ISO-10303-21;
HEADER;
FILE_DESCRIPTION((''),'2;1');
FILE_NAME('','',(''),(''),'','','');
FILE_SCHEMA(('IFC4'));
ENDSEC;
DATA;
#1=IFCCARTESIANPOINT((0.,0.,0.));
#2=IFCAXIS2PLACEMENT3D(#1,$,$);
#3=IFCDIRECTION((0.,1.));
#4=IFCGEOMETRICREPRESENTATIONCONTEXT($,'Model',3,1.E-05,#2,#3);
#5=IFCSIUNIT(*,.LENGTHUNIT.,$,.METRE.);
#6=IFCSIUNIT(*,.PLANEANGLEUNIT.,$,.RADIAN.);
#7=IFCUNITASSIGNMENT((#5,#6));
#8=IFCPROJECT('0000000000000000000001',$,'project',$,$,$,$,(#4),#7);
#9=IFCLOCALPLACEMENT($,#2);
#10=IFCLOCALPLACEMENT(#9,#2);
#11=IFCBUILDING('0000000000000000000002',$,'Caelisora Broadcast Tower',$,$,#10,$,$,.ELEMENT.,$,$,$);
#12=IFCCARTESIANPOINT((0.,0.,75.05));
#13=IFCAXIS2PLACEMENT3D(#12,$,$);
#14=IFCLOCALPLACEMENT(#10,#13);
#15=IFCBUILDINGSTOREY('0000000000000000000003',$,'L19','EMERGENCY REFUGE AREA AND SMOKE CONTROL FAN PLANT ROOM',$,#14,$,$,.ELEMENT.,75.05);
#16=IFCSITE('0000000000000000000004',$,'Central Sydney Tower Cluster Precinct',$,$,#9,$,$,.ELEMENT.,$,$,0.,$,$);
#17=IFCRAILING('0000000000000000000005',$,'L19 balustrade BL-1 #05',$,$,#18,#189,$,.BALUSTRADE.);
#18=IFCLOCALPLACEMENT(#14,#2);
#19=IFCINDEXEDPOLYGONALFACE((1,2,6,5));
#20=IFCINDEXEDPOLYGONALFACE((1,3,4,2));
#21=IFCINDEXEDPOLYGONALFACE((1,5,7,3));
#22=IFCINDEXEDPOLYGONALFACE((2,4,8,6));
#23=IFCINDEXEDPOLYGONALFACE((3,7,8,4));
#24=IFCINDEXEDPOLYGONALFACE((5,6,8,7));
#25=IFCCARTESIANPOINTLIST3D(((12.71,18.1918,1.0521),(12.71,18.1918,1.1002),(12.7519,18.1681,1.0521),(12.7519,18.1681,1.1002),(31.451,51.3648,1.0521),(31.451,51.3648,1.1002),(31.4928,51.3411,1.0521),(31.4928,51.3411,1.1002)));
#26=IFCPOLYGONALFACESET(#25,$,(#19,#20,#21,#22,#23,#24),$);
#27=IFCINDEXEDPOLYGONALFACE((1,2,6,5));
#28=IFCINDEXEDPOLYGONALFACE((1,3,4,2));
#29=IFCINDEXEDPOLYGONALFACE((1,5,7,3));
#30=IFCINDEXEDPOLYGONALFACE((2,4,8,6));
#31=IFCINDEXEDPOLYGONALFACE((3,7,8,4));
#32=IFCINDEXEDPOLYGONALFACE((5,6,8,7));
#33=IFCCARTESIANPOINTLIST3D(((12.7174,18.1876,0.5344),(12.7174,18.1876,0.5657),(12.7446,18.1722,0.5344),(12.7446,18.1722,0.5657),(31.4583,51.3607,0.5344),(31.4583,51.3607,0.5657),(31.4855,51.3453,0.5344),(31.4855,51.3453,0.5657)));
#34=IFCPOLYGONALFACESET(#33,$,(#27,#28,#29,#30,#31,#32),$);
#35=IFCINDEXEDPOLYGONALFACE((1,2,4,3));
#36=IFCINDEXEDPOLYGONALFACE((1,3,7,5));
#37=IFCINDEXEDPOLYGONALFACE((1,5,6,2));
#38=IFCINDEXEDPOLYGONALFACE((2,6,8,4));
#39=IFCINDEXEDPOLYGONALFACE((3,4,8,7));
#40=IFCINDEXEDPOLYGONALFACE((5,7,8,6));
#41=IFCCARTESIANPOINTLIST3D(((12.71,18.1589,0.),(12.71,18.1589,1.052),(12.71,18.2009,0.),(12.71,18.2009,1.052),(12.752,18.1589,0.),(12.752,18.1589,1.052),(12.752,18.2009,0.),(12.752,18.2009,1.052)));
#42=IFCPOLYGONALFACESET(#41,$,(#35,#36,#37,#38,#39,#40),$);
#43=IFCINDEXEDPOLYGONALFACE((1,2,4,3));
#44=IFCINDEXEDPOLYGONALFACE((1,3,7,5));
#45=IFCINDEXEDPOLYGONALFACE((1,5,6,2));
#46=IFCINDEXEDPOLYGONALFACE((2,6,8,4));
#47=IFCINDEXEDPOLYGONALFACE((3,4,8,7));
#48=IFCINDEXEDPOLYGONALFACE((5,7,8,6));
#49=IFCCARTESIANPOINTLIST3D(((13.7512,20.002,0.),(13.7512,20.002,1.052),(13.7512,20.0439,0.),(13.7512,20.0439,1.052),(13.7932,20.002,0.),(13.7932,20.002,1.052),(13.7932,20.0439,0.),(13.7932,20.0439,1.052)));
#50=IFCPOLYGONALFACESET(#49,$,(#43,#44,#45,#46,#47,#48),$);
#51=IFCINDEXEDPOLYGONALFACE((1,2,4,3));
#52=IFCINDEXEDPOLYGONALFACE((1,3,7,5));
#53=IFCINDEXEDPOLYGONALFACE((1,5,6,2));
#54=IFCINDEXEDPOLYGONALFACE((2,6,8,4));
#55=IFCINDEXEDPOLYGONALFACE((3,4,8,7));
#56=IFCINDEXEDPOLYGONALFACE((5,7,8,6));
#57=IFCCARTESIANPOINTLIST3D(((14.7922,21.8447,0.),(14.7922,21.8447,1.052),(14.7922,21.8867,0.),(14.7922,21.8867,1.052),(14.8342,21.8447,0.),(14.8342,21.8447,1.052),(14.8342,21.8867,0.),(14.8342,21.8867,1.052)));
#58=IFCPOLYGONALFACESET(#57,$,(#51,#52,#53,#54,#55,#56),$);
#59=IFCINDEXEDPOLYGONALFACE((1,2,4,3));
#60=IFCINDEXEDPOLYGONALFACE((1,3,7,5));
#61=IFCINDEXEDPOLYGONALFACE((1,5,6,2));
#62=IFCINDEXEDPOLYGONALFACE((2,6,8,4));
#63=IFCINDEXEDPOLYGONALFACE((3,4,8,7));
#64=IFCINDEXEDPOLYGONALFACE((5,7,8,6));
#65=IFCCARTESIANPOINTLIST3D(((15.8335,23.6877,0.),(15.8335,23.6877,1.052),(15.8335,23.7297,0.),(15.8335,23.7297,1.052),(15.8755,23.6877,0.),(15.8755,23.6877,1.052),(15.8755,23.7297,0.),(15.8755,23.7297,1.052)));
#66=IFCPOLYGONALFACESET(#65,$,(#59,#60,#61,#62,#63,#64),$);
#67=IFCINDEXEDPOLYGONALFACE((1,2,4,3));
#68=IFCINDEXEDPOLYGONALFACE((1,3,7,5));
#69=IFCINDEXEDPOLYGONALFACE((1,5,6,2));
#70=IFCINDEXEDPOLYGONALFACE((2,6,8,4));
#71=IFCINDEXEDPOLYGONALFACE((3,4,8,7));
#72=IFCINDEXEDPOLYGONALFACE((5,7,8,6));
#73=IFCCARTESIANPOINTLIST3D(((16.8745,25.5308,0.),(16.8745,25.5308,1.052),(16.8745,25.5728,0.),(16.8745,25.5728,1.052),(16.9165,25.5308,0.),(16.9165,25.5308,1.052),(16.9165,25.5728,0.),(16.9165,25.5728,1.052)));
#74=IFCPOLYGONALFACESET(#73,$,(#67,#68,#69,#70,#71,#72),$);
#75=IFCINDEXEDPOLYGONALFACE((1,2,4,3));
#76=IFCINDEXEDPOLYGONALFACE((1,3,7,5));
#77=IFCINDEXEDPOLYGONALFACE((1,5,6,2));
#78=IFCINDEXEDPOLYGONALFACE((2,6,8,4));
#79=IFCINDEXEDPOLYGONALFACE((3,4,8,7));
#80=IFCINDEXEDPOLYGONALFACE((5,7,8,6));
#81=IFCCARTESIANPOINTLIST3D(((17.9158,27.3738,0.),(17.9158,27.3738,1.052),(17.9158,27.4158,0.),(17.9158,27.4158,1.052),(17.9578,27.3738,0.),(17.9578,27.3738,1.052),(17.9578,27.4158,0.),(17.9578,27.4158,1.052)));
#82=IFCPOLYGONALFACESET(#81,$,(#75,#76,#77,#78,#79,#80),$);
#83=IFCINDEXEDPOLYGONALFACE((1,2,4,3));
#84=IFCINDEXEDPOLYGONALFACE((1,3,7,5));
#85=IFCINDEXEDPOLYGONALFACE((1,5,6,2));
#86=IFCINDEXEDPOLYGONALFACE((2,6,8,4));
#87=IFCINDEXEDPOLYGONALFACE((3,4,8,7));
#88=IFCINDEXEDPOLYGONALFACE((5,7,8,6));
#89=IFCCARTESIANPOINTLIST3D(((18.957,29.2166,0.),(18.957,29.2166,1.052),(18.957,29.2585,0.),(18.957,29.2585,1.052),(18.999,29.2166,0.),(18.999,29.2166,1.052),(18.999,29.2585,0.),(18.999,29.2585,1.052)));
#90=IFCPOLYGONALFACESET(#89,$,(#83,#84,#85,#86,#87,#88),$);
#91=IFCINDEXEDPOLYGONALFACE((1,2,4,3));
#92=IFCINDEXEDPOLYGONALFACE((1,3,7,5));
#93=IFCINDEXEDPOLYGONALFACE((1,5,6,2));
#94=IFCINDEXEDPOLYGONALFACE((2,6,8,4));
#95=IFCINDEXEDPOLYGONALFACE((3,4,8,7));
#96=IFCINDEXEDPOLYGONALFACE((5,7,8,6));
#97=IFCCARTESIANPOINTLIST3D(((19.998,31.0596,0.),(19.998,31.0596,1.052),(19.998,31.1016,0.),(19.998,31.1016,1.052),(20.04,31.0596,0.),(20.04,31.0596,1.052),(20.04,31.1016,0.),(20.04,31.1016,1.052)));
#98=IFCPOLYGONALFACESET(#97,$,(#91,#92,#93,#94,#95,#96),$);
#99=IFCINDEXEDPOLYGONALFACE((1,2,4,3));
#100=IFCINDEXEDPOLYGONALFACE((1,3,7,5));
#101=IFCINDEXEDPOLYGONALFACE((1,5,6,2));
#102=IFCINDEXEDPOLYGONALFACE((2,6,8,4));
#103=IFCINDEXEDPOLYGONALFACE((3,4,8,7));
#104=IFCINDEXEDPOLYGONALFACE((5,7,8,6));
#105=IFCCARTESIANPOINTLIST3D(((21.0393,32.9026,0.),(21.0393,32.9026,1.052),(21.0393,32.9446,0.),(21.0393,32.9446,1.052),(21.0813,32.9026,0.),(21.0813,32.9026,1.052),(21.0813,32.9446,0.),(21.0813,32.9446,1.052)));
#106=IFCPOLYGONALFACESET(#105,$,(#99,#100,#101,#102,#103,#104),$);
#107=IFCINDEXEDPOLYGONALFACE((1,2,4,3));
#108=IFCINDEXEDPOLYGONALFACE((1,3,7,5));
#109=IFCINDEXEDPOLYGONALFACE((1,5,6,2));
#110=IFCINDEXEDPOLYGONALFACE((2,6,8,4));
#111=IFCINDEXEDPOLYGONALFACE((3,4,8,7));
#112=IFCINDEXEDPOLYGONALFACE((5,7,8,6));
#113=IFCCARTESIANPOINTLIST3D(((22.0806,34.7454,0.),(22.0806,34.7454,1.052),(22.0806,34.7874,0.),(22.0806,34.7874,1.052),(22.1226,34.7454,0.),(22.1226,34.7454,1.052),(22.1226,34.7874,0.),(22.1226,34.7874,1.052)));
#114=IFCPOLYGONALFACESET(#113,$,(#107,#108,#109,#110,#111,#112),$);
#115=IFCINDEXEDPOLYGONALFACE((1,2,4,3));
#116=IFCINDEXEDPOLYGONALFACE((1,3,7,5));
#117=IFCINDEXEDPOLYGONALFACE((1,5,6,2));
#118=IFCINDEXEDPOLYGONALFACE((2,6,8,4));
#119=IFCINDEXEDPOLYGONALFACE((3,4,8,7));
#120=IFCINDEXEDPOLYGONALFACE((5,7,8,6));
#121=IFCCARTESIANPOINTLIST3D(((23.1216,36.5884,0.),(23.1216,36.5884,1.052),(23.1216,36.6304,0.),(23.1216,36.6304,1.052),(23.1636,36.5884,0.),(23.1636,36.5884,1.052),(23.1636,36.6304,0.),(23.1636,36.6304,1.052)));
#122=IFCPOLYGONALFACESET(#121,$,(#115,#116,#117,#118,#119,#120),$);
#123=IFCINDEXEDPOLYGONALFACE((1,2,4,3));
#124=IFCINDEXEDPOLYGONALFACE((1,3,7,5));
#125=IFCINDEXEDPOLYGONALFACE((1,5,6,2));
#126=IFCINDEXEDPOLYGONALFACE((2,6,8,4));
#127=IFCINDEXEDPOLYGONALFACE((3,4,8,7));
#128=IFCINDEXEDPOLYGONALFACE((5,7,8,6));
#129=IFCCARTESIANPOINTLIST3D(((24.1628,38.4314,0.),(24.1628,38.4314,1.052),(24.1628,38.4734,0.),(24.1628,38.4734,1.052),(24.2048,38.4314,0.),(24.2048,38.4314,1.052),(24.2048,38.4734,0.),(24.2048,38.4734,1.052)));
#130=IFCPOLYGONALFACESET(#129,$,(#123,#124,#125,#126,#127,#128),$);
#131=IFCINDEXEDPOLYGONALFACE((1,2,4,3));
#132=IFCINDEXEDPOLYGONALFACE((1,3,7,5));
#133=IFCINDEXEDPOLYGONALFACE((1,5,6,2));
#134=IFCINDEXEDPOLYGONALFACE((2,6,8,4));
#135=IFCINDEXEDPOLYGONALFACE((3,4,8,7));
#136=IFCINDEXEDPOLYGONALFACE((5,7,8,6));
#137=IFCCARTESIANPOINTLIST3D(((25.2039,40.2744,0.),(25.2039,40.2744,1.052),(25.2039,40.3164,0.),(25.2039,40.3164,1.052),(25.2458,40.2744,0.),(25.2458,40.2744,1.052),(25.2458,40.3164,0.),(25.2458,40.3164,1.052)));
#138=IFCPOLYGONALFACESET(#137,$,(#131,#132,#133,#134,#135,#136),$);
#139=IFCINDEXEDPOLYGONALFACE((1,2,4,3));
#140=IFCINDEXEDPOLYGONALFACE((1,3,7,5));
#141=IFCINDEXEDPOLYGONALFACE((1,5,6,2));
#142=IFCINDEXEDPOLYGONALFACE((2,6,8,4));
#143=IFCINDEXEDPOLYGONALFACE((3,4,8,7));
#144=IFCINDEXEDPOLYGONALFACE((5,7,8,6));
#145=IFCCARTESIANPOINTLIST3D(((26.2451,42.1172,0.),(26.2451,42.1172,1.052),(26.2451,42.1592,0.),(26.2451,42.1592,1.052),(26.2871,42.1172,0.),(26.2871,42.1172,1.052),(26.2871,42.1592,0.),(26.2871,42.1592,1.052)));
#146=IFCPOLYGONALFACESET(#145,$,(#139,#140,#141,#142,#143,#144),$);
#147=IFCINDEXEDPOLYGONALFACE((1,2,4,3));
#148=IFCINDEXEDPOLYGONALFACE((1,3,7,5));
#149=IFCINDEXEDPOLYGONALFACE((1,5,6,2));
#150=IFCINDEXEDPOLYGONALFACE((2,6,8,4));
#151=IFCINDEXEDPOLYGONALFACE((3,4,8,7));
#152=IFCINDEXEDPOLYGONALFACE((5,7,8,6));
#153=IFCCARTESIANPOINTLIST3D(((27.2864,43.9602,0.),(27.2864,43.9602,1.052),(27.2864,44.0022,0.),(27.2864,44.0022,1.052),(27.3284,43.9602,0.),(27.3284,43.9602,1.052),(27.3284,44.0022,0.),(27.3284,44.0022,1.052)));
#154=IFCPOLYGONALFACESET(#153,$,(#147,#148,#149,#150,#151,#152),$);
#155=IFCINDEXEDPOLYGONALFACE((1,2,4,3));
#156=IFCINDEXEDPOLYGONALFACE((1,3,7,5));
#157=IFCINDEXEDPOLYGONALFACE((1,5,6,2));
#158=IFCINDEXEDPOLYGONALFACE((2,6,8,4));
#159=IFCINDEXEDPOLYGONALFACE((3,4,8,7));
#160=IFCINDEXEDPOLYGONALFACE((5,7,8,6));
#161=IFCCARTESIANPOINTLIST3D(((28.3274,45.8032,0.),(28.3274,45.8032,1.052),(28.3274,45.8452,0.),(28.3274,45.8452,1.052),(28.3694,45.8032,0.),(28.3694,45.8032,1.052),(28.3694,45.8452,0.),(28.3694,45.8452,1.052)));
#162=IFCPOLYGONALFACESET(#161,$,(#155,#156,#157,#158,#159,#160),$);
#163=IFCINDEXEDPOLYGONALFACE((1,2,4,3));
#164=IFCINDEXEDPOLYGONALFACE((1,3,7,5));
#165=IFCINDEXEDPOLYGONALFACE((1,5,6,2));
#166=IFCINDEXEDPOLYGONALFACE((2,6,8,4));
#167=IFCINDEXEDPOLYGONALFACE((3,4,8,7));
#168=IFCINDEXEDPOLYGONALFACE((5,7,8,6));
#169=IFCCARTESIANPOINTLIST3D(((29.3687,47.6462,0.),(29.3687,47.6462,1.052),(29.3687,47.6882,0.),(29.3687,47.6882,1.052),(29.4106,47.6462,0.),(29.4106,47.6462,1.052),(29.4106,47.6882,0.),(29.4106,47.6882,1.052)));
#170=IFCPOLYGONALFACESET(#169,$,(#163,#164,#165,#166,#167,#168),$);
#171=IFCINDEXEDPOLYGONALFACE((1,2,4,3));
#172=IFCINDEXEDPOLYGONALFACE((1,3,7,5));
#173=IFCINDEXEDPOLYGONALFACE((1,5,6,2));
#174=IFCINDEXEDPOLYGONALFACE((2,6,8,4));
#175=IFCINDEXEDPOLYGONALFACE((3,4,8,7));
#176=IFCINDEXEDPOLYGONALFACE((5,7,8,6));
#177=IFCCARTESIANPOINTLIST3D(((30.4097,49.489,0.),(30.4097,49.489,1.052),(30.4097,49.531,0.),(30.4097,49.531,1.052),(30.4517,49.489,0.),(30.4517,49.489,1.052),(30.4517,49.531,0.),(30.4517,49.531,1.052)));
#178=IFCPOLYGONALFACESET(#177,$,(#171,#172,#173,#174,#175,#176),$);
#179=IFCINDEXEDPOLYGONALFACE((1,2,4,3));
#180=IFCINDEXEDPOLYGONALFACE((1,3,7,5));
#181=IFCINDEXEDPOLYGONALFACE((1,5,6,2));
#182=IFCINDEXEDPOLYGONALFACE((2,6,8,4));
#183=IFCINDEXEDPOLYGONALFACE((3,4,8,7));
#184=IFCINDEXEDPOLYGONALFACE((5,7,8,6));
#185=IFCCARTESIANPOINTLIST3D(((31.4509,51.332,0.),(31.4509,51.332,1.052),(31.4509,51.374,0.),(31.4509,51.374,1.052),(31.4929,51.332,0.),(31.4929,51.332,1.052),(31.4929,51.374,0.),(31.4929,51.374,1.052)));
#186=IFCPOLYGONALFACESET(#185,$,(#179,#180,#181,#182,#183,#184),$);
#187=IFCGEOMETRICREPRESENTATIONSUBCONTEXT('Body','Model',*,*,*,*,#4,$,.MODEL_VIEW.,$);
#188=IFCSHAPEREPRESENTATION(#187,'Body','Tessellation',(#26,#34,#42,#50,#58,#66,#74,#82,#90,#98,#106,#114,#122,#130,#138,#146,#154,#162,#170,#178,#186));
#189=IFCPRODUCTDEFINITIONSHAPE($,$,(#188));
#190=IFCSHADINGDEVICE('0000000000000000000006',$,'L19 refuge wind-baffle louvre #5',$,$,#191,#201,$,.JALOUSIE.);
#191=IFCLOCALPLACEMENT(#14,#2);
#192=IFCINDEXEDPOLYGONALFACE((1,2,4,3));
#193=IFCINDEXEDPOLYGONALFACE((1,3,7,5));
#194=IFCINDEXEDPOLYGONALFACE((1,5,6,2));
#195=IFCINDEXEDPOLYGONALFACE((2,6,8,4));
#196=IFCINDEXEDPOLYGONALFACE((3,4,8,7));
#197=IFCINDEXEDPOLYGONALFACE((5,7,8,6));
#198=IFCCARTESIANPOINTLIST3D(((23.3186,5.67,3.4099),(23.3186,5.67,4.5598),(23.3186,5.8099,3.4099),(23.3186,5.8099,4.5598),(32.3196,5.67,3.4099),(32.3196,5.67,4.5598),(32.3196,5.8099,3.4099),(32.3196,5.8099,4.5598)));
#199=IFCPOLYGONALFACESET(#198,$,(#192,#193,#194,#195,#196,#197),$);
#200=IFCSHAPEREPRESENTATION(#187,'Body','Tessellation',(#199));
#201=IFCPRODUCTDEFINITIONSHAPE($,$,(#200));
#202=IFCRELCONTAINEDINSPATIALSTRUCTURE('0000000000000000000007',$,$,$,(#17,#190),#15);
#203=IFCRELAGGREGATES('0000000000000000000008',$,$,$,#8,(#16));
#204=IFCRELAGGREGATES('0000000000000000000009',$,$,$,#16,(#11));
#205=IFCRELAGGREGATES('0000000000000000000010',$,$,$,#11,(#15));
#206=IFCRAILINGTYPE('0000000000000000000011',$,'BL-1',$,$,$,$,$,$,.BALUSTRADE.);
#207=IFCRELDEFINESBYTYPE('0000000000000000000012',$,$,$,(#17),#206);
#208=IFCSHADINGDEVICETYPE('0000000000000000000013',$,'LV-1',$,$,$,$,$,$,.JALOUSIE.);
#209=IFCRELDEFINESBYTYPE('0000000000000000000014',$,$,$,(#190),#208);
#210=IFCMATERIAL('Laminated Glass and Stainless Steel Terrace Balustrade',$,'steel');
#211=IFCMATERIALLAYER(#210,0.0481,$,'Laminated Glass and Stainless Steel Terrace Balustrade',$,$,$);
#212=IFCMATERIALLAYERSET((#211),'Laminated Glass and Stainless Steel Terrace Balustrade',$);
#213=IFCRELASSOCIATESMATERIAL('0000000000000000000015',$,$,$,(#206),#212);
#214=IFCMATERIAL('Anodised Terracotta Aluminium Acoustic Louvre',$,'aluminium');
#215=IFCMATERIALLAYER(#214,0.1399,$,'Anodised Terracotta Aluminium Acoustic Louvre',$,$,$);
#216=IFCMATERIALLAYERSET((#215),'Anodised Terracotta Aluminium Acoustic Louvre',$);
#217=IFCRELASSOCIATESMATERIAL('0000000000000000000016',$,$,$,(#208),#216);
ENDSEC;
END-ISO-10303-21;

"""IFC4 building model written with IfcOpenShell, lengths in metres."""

from ifc_helpers import new_model, si_unit, direction, frame, origin, origin_2d, place, context, subcontext, project, spatial, rectangle, extrude, source, transform, mapped, material, layer, layer_set, type_object, type_shapes, element, save


model = new_model("IFC4")

# Units and contexts
model_context = context("Model", 3, precision=1e-05, world=origin(), true_north=direction((0.0, 1.0)))
body_context = subcontext(model_context, "Body", "Model", "MODEL_VIEW")
ifc_project = project(units=[si_unit("LENGTHUNIT", "METRE"), si_unit("PLANEANGLEUNIT", "RADIAN")], contexts=[model_context])

# Site, building, storey
site_placement = place(None, origin())
site = spatial("IfcSite", under=ifc_project, at=site_placement, Name="Central Sydney Tower Cluster Precinct", CompositionType="ELEMENT", RefElevation=0.0)
building_placement = place(site_placement, origin())
building = spatial("IfcBuilding", under=site, at=building_placement, Name="Caelisora Broadcast Tower", CompositionType="ELEMENT")
storey_placement = place(building_placement, frame((0.0, 0.0, 75.05)))
storey = spatial("IfcBuildingStorey", under=building, at=storey_placement, Name="L19", Description="EMERGENCY REFUGE AREA AND SMOKE CONTROL FAN PLANT ROOM", CompositionType="ELEMENT", Elevation=75.05)

# Railing
ifc_material_1 = material(Name="Laminated Glass and Stainless Steel Terrace Balustrade", Category="steel")
ifc_layer_1 = layer(ifc_material_1, 0.0481, Name="Laminated Glass and Stainless Steel Terrace Balustrade")
ifc_layer_set_1 = layer_set([ifc_layer_1], Name="Laminated Glass and Stainless Steel Terrace Balustrade")
railing_type = type_object("IfcRailingType", Name="BL-1", PredefinedType="BALUSTRADE", material=ifc_layer_set_1)
railing_1_placement = place(storey_placement, frame((12.731, 18.1799, 0.0)))
element("IfcRailing", 1, at=railing_1_placement, inside=storey, type_object=railing_type, Name="L19 balustrade BL-1 #05", PredefinedType="BALUSTRADE", context=body_context, shape_type="SweptSolid", body=[
    extrude(rectangle(XDim=0.0481, YDim=0.0481, at=origin_2d()), frame((0.0, 0.0, 1.0762), z_axis=(0.491877, 0.870664, 0.0), x_axis=(-0.870664, 0.491877, 0.0)), (0.0, 0.0, 1.0), 38.1008),
    extrude(rectangle(XDim=0.0312, YDim=0.0312, at=origin_2d()), frame((0.0, 0.0, 0.55), z_axis=(0.491877, 0.870664, 0.0), x_axis=(-0.870664, 0.491877, 0.0)), (0.0, 0.0, 1.0), 38.1008),
    extrude(rectangle(XDim=0.042, YDim=0.042, at=origin_2d()), origin(), (0.0, 0.0, 1.0), 1.052),
    extrude(rectangle(XDim=0.042, YDim=0.042, at=origin_2d()), frame((1.0413, 1.843, 0.0)), (0.0, 0.0, 1.0), 1.052),
    extrude(rectangle(XDim=0.042, YDim=0.042, at=origin_2d()), frame((2.0823, 3.6858, 0.0)), (0.0, 0.0, 1.0), 1.052),
    extrude(rectangle(XDim=0.042, YDim=0.042, at=origin_2d()), frame((3.1235, 5.5288, 0.0)), (0.0, 0.0, 1.0), 1.052),
    extrude(rectangle(XDim=0.042, YDim=0.042, at=origin_2d()), frame((4.1646, 7.3718, 0.0)), (0.0, 0.0, 1.0), 1.052),
    extrude(rectangle(XDim=0.042, YDim=0.042, at=origin_2d()), frame((5.2058, 9.2148, 0.0)), (0.0, 0.0, 1.0), 1.052),
    extrude(rectangle(XDim=0.042, YDim=0.042, at=origin_2d()), frame((6.2471, 11.0576, 0.0)), (0.0, 0.0, 1.0), 1.052),
    extrude(rectangle(XDim=0.042, YDim=0.042, at=origin_2d()), frame((7.2881, 12.9006, 0.0)), (0.0, 0.0, 1.0), 1.052),
    extrude(rectangle(XDim=0.042, YDim=0.042, at=origin_2d()), frame((8.3293, 14.7437, 0.0)), (0.0, 0.0, 1.0), 1.052),
    extrude(rectangle(XDim=0.042, YDim=0.042, at=origin_2d()), frame((9.3706, 16.5864, 0.0)), (0.0, 0.0, 1.0), 1.052),
    extrude(rectangle(XDim=0.042, YDim=0.042, at=origin_2d()), frame((10.4116, 18.4294, 0.0)), (0.0, 0.0, 1.0), 1.052),
    extrude(rectangle(XDim=0.042, YDim=0.042, at=origin_2d()), frame((11.4529, 20.2725, 0.0)), (0.0, 0.0, 1.0), 1.052),
    extrude(rectangle(XDim=0.042, YDim=0.042, at=origin_2d()), frame((12.4939, 22.1155, 0.0)), (0.0, 0.0, 1.0), 1.052),
    extrude(rectangle(XDim=0.042, YDim=0.042, at=origin_2d()), frame((13.5352, 23.9583, 0.0)), (0.0, 0.0, 1.0), 1.052),
    extrude(rectangle(XDim=0.042, YDim=0.042, at=origin_2d()), frame((14.5764, 25.8013, 0.0)), (0.0, 0.0, 1.0), 1.052),
    extrude(rectangle(XDim=0.042, YDim=0.042, at=origin_2d()), frame((15.6174, 27.6443, 0.0)), (0.0, 0.0, 1.0), 1.052),
    extrude(rectangle(XDim=0.042, YDim=0.042, at=origin_2d()), frame((16.6587, 29.4873, 0.0)), (0.0, 0.0, 1.0), 1.052),
    extrude(rectangle(XDim=0.042, YDim=0.042, at=origin_2d()), frame((17.6997, 31.3301, 0.0)), (0.0, 0.0, 1.0), 1.052),
    extrude(rectangle(XDim=0.042, YDim=0.042, at=origin_2d()), frame((18.741, 33.1731, 0.0)), (0.0, 0.0, 1.0), 1.052),
])

# Shading device
ifc_material_2 = material(Name="Anodised Terracotta Aluminium Acoustic Louvre", Category="aluminium")
ifc_layer_2 = layer(ifc_material_2, 0.1399, Name="Anodised Terracotta Aluminium Acoustic Louvre")
ifc_layer_set_2 = layer_set([ifc_layer_2], Name="Anodised Terracotta Aluminium Acoustic Louvre")
shading_device_type = type_object("IfcShadingDeviceType", Name="LV-1", PredefinedType="JALOUSIE", material=ifc_layer_set_2)
shared_shape_1 = source(origin(), body_context, "Body", "SweptSolid", [
    extrude(rectangle(XDim=9.001, YDim=0.1399, at=origin_2d()), origin(), (0.0, 0.0, 1.0), 1.1499),
])
type_shapes(shading_device_type, [shared_shape_1])
shading_device_placement = place(storey_placement, frame((27.8191, 5.74, 3.4099), z_axis=(0.0, 0.0, 1.0), x_axis=(1.0, 0.0, 0.0)))
element("IfcShadingDevice", 2, at=shading_device_placement, inside=storey, type_object=shading_device_type, Name="L19 refuge wind-baffle louvre #5", PredefinedType="JALOUSIE", context=body_context, shape_type="MappedRepresentation", body=[
    mapped(shared_shape_1, transform((0.0, 0.0, 0.0), scale=1.0)),
])

save(model, "model.ifc")
